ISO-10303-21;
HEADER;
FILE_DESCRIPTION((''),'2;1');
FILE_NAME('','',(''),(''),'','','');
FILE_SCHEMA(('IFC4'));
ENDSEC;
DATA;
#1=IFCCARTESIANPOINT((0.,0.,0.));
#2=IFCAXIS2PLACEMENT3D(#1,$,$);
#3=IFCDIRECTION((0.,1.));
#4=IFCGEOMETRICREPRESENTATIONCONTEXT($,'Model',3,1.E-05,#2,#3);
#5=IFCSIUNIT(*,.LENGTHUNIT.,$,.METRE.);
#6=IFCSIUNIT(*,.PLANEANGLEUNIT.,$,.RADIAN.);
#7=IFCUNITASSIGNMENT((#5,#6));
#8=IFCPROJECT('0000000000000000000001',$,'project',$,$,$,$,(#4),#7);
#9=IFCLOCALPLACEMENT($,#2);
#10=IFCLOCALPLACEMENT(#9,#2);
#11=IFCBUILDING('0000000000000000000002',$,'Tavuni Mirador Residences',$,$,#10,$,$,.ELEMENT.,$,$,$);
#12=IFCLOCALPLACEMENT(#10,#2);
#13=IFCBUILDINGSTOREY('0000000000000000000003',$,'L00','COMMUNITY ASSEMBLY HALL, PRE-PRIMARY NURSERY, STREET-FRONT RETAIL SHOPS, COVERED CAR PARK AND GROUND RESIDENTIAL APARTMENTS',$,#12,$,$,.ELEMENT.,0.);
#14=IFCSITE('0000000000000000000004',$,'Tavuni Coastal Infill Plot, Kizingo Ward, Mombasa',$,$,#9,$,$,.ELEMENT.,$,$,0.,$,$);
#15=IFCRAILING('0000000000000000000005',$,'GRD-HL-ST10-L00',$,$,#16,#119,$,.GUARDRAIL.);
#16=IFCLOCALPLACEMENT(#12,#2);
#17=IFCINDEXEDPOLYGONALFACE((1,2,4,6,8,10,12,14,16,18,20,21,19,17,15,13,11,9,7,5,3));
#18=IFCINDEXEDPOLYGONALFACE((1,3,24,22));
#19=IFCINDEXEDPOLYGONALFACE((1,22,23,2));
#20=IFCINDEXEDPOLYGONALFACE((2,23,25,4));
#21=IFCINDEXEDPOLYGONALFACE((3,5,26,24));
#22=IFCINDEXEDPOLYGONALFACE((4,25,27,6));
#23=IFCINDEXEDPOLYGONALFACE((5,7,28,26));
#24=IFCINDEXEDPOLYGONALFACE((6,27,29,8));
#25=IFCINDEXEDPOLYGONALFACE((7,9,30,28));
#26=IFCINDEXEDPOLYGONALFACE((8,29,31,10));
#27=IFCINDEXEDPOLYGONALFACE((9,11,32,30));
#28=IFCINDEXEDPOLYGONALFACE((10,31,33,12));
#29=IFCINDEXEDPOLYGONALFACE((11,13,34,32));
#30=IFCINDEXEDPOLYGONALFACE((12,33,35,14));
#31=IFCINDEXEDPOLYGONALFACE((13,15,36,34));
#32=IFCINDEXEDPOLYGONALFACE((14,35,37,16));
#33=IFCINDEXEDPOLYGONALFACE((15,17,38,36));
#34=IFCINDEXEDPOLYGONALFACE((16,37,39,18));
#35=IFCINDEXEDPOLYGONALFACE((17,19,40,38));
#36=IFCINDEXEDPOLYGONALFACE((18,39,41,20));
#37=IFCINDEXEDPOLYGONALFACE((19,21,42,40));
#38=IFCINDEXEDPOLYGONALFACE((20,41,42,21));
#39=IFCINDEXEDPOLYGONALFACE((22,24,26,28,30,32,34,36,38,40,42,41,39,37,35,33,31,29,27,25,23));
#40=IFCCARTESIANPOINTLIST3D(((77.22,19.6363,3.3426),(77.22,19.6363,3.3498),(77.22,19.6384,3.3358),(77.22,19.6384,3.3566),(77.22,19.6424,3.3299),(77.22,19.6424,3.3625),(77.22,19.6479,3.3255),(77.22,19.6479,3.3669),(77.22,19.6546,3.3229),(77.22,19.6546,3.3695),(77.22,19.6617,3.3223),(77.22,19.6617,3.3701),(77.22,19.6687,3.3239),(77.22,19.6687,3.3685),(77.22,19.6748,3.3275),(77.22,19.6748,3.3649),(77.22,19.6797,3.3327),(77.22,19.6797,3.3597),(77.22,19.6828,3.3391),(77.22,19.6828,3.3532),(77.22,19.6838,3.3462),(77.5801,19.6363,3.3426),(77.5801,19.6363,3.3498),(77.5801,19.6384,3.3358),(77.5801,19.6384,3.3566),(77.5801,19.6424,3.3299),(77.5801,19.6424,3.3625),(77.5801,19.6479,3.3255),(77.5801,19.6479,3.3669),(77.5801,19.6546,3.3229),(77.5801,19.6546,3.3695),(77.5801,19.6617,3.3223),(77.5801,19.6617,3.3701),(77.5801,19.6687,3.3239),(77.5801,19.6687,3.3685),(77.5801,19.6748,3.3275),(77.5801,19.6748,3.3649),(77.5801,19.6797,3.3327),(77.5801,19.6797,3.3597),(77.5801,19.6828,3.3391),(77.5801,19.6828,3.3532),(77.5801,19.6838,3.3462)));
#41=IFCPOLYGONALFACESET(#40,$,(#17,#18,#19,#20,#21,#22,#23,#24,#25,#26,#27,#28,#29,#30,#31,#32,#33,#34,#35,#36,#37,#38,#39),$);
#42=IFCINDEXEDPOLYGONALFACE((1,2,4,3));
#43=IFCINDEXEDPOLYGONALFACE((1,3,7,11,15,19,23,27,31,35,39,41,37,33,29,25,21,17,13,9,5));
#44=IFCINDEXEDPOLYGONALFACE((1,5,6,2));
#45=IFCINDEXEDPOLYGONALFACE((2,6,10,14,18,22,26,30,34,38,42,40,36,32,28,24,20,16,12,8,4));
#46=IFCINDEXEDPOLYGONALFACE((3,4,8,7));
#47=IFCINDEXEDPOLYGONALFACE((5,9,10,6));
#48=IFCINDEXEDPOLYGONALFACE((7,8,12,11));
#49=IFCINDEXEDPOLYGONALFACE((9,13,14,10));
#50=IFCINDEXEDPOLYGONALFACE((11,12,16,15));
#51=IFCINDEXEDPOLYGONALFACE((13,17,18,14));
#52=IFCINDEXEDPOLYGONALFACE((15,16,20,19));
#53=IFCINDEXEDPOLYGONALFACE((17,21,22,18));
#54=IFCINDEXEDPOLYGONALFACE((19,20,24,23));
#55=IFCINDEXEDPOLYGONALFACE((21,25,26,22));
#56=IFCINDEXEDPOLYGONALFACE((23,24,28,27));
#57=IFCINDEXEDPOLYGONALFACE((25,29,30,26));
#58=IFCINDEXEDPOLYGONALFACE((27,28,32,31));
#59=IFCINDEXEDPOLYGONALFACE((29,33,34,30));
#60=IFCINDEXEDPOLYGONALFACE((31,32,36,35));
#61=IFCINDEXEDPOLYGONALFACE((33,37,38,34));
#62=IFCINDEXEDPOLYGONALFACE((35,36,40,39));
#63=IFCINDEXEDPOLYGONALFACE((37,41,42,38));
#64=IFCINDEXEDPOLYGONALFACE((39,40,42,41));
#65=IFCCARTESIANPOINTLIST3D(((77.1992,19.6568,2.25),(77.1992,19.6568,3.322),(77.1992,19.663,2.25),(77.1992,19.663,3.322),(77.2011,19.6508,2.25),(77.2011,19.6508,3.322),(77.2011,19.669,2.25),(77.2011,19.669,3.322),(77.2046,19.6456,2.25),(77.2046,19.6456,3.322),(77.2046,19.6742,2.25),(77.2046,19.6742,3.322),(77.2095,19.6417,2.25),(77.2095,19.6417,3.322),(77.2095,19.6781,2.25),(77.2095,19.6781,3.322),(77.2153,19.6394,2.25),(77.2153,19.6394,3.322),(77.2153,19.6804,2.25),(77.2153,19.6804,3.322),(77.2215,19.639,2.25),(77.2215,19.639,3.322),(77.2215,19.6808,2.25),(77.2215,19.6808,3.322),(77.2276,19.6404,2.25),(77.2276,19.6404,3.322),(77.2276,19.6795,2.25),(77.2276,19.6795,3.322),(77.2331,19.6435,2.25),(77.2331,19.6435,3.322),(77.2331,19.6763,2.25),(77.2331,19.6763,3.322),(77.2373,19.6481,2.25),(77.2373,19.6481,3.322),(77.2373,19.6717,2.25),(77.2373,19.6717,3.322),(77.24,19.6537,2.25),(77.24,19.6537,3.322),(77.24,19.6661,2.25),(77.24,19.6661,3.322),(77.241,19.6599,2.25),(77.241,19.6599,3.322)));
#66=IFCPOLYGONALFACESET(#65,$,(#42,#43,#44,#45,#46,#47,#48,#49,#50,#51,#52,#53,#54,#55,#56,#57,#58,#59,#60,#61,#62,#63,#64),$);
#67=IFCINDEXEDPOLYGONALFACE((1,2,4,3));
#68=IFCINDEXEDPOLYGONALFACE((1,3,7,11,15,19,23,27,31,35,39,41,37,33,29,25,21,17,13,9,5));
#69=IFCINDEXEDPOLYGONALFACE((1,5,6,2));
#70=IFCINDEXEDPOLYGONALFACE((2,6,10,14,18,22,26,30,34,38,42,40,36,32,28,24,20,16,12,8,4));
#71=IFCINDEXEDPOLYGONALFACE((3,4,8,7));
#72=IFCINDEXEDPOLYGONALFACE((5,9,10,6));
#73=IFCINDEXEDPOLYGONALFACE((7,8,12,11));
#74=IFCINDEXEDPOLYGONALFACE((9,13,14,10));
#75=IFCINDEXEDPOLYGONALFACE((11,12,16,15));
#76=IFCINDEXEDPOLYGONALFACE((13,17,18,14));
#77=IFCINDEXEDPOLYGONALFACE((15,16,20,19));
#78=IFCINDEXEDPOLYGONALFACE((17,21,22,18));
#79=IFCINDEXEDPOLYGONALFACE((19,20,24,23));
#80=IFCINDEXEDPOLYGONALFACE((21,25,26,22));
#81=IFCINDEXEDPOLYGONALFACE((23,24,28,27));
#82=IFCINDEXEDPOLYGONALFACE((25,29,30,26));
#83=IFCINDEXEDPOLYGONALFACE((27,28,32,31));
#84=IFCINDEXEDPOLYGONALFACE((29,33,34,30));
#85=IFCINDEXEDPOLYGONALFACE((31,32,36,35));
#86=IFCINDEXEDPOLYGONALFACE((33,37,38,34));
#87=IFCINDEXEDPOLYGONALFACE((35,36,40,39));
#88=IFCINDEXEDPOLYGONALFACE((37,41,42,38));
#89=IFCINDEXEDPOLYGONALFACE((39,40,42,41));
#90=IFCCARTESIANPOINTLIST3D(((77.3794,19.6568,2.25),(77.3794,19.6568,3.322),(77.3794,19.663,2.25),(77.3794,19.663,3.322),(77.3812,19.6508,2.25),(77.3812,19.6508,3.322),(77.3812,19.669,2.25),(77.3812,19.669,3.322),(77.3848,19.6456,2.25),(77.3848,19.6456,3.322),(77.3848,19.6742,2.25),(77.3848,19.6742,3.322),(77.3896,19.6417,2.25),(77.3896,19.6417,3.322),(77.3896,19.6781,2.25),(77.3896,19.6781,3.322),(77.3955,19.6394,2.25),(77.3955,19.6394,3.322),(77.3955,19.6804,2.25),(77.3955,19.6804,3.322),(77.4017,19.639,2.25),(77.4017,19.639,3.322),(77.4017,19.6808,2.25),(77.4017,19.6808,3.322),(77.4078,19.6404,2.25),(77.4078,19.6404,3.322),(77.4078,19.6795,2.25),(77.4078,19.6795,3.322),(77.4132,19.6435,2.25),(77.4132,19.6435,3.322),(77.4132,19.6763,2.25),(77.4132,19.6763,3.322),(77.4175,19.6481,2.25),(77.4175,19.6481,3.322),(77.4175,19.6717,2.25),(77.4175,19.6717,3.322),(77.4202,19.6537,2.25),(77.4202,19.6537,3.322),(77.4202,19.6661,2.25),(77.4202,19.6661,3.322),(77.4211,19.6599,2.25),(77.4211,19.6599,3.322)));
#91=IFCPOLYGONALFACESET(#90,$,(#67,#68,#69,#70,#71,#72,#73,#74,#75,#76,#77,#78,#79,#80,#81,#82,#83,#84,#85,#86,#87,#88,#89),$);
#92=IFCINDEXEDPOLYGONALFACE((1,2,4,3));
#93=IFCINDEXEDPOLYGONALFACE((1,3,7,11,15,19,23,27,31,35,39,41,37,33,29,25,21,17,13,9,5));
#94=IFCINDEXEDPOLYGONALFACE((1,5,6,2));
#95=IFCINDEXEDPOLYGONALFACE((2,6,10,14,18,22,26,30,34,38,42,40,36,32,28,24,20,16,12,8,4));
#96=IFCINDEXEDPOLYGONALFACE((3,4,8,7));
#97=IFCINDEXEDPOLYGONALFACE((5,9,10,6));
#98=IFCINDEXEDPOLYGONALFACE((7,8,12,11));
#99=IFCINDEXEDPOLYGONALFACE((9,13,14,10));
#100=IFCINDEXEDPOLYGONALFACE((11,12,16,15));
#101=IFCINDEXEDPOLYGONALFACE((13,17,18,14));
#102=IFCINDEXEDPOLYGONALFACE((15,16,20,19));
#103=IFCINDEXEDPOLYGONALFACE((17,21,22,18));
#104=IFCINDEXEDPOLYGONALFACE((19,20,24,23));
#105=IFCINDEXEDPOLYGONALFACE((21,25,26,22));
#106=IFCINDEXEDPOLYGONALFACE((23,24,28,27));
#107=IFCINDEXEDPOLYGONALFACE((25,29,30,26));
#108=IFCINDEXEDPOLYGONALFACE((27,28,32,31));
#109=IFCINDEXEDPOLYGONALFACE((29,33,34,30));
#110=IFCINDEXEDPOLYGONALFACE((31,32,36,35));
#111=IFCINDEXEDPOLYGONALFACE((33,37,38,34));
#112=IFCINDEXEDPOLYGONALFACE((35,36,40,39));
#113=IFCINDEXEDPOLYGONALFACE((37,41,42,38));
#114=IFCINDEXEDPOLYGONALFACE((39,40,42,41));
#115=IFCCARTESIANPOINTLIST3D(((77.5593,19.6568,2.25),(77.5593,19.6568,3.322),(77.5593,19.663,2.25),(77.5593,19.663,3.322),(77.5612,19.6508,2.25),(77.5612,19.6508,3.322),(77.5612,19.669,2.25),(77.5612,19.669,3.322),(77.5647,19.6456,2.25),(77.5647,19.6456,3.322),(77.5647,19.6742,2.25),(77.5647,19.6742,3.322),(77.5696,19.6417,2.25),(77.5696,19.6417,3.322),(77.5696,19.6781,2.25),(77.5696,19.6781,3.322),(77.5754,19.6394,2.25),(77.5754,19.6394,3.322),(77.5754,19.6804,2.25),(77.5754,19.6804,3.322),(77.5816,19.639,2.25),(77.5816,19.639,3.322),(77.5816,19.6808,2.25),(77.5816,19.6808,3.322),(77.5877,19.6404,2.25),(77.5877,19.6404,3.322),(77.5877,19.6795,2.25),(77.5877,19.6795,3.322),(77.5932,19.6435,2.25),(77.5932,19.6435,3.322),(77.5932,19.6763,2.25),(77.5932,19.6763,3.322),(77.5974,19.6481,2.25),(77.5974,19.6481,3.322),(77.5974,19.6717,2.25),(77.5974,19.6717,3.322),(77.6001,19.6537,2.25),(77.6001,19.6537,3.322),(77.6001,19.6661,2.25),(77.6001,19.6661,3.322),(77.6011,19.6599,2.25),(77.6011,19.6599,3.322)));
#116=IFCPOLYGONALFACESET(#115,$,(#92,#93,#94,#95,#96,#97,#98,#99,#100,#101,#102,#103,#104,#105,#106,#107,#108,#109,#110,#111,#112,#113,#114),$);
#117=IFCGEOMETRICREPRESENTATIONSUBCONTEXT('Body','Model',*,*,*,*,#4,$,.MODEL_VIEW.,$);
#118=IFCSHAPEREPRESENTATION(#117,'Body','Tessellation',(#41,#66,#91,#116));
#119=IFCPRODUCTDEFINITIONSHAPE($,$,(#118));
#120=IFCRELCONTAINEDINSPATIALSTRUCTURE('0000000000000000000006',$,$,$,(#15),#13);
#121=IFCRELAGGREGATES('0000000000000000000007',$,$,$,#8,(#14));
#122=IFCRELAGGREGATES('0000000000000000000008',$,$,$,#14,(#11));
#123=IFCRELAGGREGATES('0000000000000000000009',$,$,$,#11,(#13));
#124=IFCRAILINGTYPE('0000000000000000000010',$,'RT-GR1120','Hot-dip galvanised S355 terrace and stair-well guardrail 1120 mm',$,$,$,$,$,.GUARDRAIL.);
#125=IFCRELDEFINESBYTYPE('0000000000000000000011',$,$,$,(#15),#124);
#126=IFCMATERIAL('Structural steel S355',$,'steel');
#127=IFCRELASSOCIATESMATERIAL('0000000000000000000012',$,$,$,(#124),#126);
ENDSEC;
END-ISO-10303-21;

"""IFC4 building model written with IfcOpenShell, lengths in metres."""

from ifc_helpers import new_model, si_unit, direction, frame, origin, origin_2d, place, context, subcontext, project, spatial, circle, extrude, material, type_object, element, save


model = new_model("IFC4")

# Units and contexts
model_context = context("Model", 3, precision=1e-05, world=origin(), true_north=direction((0.0, 1.0)))
body_context = subcontext(model_context, "Body", "Model", "MODEL_VIEW")
ifc_project = project(units=[si_unit("LENGTHUNIT", "METRE"), si_unit("PLANEANGLEUNIT", "RADIAN")], contexts=[model_context])

# Site, building, storey
site_placement = place(None, origin())
site = spatial("IfcSite", under=ifc_project, at=site_placement, Name="Tavuni Coastal Infill Plot, Kizingo Ward, Mombasa", CompositionType="ELEMENT", RefElevation=0.0)
building_placement = place(site_placement, origin())
building = spatial("IfcBuilding", under=site, at=building_placement, Name="Tavuni Mirador Residences", CompositionType="ELEMENT")
storey_placement = place(building_placement, origin())
storey = spatial("IfcBuildingStorey", under=building, at=storey_placement, Name="L00", Description="COMMUNITY ASSEMBLY HALL, PRE-PRIMARY NURSERY, STREET-FRONT RETAIL SHOPS, COVERED CAR PARK AND GROUND RESIDENTIAL APARTMENTS", CompositionType="ELEMENT", Elevation=0.0)

# Shared definitions
ifc_material_1 = material(Name="Structural steel S355", Category="steel")

# Railing
railing_type_1 = type_object("IfcRailingType", Name="RT-GR1120", Description="Hot-dip galvanised S355 terrace and stair-well guardrail 1120 mm", PredefinedType="GUARDRAIL", material=ifc_material_1)
railing_1_placement = place(storey_placement, frame((77.22, 19.6599, 2.25)))
element("IfcRailing", 1, at=railing_1_placement, inside=storey, type_object=railing_type_1, Name="GRD-HL-ST10-L00", PredefinedType="GUARDRAIL", context=body_context, shape_type="SweptSolid", body=[
    extrude(circle(Radius=0.0239, at=origin_2d()), frame((0.0, 0.0, 1.0962), z_axis=(1.0, 0.0, 0.0), x_axis=(0.0, 1.0, 0.0)), (0.0, 0.0, 1.0), 0.3601),
    extrude(circle(Radius=0.021, at=origin_2d()), origin(), (0.0, 0.0, 1.0), 1.072),
    extrude(circle(Radius=0.021, at=origin_2d()), frame((0.1802, 0.0, 0.0)), (0.0, 0.0, 1.0), 1.072),
    extrude(circle(Radius=0.021, at=origin_2d()), frame((0.3601, 0.0, 0.0)), (0.0, 0.0, 1.0), 1.072),
])

save(model, "model.ifc")
